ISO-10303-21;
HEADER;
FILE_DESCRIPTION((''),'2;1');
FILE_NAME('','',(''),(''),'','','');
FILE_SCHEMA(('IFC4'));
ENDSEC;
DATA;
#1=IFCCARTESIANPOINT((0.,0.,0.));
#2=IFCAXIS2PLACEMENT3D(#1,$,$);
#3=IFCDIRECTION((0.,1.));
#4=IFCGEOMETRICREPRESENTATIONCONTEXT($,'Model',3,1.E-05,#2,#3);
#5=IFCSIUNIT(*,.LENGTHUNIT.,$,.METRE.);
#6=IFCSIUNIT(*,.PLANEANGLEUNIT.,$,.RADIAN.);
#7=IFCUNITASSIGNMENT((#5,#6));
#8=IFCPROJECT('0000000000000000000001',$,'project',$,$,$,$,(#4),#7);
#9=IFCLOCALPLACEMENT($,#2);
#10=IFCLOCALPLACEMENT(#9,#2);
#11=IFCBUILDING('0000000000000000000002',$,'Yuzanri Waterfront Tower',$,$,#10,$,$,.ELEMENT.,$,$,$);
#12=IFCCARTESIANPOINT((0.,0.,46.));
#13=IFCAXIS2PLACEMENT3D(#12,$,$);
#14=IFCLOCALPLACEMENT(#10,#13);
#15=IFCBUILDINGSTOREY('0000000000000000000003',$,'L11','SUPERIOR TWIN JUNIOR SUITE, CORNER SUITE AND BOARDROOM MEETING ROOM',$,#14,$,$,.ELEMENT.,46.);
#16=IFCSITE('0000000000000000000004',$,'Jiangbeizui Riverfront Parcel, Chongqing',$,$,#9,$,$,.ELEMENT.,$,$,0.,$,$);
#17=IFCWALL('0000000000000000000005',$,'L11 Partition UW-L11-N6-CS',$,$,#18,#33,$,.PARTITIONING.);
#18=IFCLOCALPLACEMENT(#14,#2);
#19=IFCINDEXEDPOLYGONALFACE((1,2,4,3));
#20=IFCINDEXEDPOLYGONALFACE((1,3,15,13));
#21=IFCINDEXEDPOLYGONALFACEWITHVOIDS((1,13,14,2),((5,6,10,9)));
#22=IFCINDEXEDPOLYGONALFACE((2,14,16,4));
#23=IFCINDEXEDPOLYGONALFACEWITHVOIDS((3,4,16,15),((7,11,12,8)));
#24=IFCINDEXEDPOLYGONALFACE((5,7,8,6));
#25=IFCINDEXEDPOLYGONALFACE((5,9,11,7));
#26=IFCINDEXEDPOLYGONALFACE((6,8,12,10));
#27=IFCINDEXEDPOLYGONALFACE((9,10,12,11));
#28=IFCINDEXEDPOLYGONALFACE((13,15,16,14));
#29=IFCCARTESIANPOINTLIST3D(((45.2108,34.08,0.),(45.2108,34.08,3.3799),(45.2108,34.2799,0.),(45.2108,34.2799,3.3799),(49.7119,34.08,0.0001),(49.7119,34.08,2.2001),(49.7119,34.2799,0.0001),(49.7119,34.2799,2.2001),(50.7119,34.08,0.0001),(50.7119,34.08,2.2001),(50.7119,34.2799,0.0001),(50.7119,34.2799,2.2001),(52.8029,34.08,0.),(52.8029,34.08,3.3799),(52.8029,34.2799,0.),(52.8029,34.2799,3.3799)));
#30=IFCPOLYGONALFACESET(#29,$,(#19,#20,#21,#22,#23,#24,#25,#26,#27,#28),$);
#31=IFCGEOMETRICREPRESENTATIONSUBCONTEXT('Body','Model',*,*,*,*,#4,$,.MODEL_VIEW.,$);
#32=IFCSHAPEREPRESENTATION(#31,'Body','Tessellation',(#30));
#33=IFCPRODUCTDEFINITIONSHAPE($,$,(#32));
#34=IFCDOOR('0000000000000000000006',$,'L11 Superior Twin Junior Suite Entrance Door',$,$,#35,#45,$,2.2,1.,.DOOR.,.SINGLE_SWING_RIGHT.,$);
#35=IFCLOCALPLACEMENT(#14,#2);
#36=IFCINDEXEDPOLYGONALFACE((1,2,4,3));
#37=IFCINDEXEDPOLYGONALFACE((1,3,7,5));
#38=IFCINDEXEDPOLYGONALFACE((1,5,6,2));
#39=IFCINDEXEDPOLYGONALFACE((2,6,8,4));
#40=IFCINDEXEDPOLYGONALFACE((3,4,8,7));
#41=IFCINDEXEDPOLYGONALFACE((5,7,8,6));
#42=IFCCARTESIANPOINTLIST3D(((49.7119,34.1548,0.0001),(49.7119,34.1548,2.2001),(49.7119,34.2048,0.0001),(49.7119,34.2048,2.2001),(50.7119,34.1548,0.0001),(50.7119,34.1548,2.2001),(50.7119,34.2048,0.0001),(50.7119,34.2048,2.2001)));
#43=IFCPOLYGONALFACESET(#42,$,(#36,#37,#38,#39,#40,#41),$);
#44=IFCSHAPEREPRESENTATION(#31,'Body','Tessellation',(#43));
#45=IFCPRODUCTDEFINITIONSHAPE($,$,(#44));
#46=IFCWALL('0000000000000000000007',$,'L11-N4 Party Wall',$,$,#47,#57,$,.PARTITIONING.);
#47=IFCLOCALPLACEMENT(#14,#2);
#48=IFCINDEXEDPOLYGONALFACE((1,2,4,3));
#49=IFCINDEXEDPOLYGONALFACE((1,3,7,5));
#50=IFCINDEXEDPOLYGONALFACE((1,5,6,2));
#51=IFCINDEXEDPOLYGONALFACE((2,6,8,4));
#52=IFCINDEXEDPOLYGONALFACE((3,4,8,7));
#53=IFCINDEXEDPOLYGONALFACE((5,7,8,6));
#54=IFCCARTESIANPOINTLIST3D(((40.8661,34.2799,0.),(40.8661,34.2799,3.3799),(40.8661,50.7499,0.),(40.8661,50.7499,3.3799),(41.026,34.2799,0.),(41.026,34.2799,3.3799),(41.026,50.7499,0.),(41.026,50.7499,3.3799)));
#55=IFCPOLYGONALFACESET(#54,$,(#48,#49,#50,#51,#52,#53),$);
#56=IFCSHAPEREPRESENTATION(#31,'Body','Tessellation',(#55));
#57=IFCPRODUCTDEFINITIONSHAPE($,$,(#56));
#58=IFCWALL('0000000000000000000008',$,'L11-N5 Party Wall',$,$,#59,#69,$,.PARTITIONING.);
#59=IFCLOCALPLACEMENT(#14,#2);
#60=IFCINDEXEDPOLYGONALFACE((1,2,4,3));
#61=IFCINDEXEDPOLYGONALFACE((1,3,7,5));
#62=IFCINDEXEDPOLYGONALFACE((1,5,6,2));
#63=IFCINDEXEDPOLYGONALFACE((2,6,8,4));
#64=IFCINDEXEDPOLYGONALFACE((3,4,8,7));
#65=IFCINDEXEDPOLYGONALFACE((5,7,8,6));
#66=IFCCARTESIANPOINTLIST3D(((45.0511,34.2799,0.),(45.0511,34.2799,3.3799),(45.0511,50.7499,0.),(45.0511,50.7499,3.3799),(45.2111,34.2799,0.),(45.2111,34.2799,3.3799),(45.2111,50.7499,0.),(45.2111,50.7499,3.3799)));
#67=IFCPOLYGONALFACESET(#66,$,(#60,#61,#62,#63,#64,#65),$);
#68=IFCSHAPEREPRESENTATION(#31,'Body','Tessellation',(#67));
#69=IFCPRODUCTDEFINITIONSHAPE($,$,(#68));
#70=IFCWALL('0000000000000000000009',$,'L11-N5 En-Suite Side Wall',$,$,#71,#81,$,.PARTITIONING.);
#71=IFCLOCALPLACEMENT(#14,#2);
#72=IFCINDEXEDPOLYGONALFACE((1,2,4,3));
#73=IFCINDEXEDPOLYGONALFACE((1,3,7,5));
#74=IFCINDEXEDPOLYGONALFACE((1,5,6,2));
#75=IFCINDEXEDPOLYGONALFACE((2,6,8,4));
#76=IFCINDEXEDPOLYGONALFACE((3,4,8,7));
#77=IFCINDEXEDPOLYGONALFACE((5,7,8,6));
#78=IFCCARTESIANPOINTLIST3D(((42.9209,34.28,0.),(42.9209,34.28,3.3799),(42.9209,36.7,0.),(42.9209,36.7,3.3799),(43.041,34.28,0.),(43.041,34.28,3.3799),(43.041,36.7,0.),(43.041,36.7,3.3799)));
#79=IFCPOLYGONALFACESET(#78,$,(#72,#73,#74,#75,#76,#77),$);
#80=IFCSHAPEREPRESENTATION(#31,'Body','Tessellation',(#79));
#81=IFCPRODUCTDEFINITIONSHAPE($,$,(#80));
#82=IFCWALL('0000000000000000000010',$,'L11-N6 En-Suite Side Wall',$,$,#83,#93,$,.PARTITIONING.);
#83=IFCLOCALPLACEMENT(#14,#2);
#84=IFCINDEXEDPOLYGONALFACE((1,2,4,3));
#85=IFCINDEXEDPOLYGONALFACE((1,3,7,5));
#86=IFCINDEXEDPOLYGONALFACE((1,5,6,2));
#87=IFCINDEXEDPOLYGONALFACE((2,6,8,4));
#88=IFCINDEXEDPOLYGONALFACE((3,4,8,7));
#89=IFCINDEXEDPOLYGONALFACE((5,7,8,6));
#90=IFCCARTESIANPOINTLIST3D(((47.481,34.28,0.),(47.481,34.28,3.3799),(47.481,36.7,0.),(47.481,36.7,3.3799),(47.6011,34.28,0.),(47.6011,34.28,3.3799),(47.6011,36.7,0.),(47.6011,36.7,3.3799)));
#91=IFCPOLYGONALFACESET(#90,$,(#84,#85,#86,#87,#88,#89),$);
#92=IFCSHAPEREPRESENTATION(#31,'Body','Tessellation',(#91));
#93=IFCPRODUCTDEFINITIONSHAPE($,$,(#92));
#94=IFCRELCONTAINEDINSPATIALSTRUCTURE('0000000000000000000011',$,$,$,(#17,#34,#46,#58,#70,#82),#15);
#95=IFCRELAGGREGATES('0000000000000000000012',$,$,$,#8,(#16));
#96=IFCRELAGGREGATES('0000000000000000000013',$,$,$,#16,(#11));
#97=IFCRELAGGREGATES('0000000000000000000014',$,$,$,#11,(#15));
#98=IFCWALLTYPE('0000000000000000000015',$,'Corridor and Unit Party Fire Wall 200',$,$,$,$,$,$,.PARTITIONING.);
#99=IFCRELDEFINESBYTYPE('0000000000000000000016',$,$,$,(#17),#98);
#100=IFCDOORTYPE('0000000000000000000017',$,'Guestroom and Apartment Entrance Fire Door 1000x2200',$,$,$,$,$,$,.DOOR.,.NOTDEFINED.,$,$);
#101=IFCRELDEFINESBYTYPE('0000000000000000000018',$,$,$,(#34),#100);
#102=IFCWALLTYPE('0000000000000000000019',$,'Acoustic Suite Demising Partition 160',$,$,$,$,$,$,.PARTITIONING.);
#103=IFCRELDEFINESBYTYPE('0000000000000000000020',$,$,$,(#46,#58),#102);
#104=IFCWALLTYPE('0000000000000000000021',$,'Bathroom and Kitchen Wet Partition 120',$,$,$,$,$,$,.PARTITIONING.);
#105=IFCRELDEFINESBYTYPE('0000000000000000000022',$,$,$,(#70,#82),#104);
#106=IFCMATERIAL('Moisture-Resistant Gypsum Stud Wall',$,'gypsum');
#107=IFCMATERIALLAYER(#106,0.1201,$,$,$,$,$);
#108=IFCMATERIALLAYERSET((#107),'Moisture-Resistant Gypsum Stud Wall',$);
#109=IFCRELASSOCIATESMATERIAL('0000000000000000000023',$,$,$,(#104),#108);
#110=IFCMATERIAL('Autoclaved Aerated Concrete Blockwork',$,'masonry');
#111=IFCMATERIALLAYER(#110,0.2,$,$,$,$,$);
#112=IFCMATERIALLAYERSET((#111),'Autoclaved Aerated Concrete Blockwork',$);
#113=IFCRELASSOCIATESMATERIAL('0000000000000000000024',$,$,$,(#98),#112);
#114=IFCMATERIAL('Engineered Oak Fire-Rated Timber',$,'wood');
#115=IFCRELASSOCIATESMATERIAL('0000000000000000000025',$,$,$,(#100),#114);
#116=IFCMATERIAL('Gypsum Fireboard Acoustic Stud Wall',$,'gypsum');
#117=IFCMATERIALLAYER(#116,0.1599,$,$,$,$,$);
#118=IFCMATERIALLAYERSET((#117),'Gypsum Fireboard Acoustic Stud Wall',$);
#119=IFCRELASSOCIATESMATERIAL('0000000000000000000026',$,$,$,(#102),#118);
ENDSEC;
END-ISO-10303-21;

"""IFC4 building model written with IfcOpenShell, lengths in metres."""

from ifc_helpers import new_model, si_unit, direction, frame, frame_2d, origin, place, context, subcontext, project, spatial, rectangle, extrude, source, transform, mapped, material, layer, layer_set, type_object, element, fill, save


model = new_model("IFC4")

# Units and contexts
model_context = context("Model", 3, precision=1e-05, world=origin(), true_north=direction((0.0, 1.0)))
body_context = subcontext(model_context, "Body", "Model", "MODEL_VIEW")
ifc_project = project(units=[si_unit("LENGTHUNIT", "METRE"), si_unit("PLANEANGLEUNIT", "RADIAN")], contexts=[model_context])

# Site, building, storey
site_placement = place(None, origin())
site = spatial("IfcSite", under=ifc_project, at=site_placement, Name="Jiangbeizui Riverfront Parcel, Chongqing", CompositionType="ELEMENT", RefElevation=0.0)
building_placement = place(site_placement, origin())
building = spatial("IfcBuilding", under=site, at=building_placement, Name="Yuzanri Waterfront Tower", CompositionType="ELEMENT")
storey_placement = place(building_placement, frame((0.0, 0.0, 46.0)))
storey = spatial("IfcBuildingStorey", under=building, at=storey_placement, Name="L11", Description="SUPERIOR TWIN JUNIOR SUITE, CORNER SUITE AND BOARDROOM MEETING ROOM", CompositionType="ELEMENT", Elevation=46.0)

# Wall, opening, door
ifc_material_1 = material(Name="Moisture-Resistant Gypsum Stud Wall", Category="gypsum")
ifc_layer_1 = layer(ifc_material_1, 0.1201)
ifc_layer_set_1 = layer_set([ifc_layer_1], Name="Moisture-Resistant Gypsum Stud Wall")
wall_type_1 = type_object("IfcWallType", Name="Bathroom and Kitchen Wet Partition 120", PredefinedType="PARTITIONING", material=ifc_layer_set_1)
ifc_material_2 = material(Name="Autoclaved Aerated Concrete Blockwork", Category="masonry")
ifc_layer_2 = layer(ifc_material_2, 0.2)
ifc_layer_set_2 = layer_set([ifc_layer_2], Name="Autoclaved Aerated Concrete Blockwork")
wall_type_2 = type_object("IfcWallType", Name="Corridor and Unit Party Fire Wall 200", PredefinedType="PARTITIONING", material=ifc_layer_set_2)
ifc_material_3 = material(Name="Engineered Oak Fire-Rated Timber", Category="wood")
door_type_1 = type_object("IfcDoorType", Name="Guestroom and Apartment Entrance Fire Door 1000x2200", OperationType="NOTDEFINED", PredefinedType="DOOR", material=ifc_material_3)
shared_shape_1 = source(origin(), body_context, "Body", "SweptSolid", [
    extrude(rectangle(XDim=1.0, YDim=2.2, at=frame_2d((0.5, 1.1001))), frame((0.0, 0.0249, 0.0), z_axis=(0.0, -1.0, 0.0), x_axis=(1.0, 0.0, 0.0)), (0.0, 0.0, 1.0), 0.05),
])
wall_1_placement = place(storey_placement, frame((45.2109, 34.1799, 0.0), z_axis=(0.0, 0.0, 1.0), x_axis=(1.0, 0.0, 0.0)))
wall_1 = element("IfcWall", 1, at=wall_1_placement, inside=storey, type_object=wall_type_2, Name="L11 Partition UW-L11-N6-CS", PredefinedType="PARTITIONING", context=body_context, shape_type="SweptSolid", body=[
    extrude(rectangle(XDim=7.592, YDim=0.2, at=frame_2d((3.7959, 0.0))), origin(), (0.0, 0.0, 1.0), 3.3799),
])
opening_1_placement = place(wall_1_placement, frame((4.501, 0.0, 0.0)))
opening_1 = element("IfcOpeningElement", 2, at=opening_1_placement, cuts=wall_1, PredefinedType="OPENING", context=body_context, shape_type="SweptSolid", body=[
    extrude(rectangle(XDim=1.0, YDim=2.2, at=frame_2d((0.5, 1.1001))), frame((0.0, 0.1147, 0.0), z_axis=(0.0, -1.0, 0.0), x_axis=(1.0, 0.0, 0.0)), (0.0, 0.0, 1.0), 0.2297),
])
door_1_placement = place(opening_1_placement, origin())
door_1 = element("IfcDoor", 3, at=door_1_placement, inside=storey, type_object=door_type_1, Name="L11 Superior Twin Junior Suite Entrance Door", OperationType="SINGLE_SWING_RIGHT", OverallHeight=2.2, OverallWidth=1.0, PredefinedType="DOOR", context=body_context, shape_type="MappedRepresentation", body=[
    mapped(shared_shape_1, transform((0.0, 0.0, 0.0), scale=1.0)),
])
fill(opening_1, door_1)

# Walls
ifc_material_4 = material(Name="Gypsum Fireboard Acoustic Stud Wall", Category="gypsum")
ifc_layer_3 = layer(ifc_material_4, 0.1599)
ifc_layer_set_3 = layer_set([ifc_layer_3], Name="Gypsum Fireboard Acoustic Stud Wall")
wall_type_3 = type_object("IfcWallType", Name="Acoustic Suite Demising Partition 160", PredefinedType="PARTITIONING", material=ifc_layer_set_3)
shared_shape_2 = source(origin(), body_context, "Body", "SweptSolid", [
    extrude(rectangle(XDim=16.47, YDim=0.1599, at=frame_2d((8.2349, 0.0))), origin(), (0.0, 0.0, 1.0), 3.3799),
])
for number, where, z_axis, x_axis, name in (
    (4, (40.946, 34.28, 0.0), (0.0, 0.0, 1.0), (0.0, 1.0, 0.0), "L11-N4 Party Wall"),
    (5, (45.1311, 34.28, 0.0), (0.0, 0.0, 1.0), (0.0, 1.0, 0.0), "L11-N5 Party Wall"),
):
    element("IfcWall", number, at=place(storey_placement, frame(where, z_axis=z_axis, x_axis=x_axis)), inside=storey, type_object=wall_type_3, Name=name, PredefinedType="PARTITIONING", context=body_context, shape_type="MappedRepresentation", body=[
        mapped(shared_shape_2, transform((0.0, 0.0, 0.0), scale=1.0)),
    ])
shared_shape_3 = source(origin(), body_context, "Body", "SweptSolid", [
    extrude(rectangle(XDim=2.4199, YDim=0.1201, at=frame_2d((1.21, 0.0))), origin(), (0.0, 0.0, 1.0), 3.3799),
])
for number, where, z_axis, x_axis, name in (
    (6, (42.981, 34.28, 0.0), (0.0, 0.0, 1.0), (0.0, 1.0, 0.0), "L11-N5 En-Suite Side Wall"),
    (7, (47.541, 34.28, 0.0), (0.0, 0.0, 1.0), (0.0, 1.0, 0.0), "L11-N6 En-Suite Side Wall"),
):
    element("IfcWall", number, at=place(storey_placement, frame(where, z_axis=z_axis, x_axis=x_axis)), inside=storey, type_object=wall_type_1, Name=name, PredefinedType="PARTITIONING", context=body_context, shape_type="MappedRepresentation", body=[
        mapped(shared_shape_3, transform((0.0, 0.0, 0.0), scale=1.0)),
    ])

save(model, "model.ifc")
